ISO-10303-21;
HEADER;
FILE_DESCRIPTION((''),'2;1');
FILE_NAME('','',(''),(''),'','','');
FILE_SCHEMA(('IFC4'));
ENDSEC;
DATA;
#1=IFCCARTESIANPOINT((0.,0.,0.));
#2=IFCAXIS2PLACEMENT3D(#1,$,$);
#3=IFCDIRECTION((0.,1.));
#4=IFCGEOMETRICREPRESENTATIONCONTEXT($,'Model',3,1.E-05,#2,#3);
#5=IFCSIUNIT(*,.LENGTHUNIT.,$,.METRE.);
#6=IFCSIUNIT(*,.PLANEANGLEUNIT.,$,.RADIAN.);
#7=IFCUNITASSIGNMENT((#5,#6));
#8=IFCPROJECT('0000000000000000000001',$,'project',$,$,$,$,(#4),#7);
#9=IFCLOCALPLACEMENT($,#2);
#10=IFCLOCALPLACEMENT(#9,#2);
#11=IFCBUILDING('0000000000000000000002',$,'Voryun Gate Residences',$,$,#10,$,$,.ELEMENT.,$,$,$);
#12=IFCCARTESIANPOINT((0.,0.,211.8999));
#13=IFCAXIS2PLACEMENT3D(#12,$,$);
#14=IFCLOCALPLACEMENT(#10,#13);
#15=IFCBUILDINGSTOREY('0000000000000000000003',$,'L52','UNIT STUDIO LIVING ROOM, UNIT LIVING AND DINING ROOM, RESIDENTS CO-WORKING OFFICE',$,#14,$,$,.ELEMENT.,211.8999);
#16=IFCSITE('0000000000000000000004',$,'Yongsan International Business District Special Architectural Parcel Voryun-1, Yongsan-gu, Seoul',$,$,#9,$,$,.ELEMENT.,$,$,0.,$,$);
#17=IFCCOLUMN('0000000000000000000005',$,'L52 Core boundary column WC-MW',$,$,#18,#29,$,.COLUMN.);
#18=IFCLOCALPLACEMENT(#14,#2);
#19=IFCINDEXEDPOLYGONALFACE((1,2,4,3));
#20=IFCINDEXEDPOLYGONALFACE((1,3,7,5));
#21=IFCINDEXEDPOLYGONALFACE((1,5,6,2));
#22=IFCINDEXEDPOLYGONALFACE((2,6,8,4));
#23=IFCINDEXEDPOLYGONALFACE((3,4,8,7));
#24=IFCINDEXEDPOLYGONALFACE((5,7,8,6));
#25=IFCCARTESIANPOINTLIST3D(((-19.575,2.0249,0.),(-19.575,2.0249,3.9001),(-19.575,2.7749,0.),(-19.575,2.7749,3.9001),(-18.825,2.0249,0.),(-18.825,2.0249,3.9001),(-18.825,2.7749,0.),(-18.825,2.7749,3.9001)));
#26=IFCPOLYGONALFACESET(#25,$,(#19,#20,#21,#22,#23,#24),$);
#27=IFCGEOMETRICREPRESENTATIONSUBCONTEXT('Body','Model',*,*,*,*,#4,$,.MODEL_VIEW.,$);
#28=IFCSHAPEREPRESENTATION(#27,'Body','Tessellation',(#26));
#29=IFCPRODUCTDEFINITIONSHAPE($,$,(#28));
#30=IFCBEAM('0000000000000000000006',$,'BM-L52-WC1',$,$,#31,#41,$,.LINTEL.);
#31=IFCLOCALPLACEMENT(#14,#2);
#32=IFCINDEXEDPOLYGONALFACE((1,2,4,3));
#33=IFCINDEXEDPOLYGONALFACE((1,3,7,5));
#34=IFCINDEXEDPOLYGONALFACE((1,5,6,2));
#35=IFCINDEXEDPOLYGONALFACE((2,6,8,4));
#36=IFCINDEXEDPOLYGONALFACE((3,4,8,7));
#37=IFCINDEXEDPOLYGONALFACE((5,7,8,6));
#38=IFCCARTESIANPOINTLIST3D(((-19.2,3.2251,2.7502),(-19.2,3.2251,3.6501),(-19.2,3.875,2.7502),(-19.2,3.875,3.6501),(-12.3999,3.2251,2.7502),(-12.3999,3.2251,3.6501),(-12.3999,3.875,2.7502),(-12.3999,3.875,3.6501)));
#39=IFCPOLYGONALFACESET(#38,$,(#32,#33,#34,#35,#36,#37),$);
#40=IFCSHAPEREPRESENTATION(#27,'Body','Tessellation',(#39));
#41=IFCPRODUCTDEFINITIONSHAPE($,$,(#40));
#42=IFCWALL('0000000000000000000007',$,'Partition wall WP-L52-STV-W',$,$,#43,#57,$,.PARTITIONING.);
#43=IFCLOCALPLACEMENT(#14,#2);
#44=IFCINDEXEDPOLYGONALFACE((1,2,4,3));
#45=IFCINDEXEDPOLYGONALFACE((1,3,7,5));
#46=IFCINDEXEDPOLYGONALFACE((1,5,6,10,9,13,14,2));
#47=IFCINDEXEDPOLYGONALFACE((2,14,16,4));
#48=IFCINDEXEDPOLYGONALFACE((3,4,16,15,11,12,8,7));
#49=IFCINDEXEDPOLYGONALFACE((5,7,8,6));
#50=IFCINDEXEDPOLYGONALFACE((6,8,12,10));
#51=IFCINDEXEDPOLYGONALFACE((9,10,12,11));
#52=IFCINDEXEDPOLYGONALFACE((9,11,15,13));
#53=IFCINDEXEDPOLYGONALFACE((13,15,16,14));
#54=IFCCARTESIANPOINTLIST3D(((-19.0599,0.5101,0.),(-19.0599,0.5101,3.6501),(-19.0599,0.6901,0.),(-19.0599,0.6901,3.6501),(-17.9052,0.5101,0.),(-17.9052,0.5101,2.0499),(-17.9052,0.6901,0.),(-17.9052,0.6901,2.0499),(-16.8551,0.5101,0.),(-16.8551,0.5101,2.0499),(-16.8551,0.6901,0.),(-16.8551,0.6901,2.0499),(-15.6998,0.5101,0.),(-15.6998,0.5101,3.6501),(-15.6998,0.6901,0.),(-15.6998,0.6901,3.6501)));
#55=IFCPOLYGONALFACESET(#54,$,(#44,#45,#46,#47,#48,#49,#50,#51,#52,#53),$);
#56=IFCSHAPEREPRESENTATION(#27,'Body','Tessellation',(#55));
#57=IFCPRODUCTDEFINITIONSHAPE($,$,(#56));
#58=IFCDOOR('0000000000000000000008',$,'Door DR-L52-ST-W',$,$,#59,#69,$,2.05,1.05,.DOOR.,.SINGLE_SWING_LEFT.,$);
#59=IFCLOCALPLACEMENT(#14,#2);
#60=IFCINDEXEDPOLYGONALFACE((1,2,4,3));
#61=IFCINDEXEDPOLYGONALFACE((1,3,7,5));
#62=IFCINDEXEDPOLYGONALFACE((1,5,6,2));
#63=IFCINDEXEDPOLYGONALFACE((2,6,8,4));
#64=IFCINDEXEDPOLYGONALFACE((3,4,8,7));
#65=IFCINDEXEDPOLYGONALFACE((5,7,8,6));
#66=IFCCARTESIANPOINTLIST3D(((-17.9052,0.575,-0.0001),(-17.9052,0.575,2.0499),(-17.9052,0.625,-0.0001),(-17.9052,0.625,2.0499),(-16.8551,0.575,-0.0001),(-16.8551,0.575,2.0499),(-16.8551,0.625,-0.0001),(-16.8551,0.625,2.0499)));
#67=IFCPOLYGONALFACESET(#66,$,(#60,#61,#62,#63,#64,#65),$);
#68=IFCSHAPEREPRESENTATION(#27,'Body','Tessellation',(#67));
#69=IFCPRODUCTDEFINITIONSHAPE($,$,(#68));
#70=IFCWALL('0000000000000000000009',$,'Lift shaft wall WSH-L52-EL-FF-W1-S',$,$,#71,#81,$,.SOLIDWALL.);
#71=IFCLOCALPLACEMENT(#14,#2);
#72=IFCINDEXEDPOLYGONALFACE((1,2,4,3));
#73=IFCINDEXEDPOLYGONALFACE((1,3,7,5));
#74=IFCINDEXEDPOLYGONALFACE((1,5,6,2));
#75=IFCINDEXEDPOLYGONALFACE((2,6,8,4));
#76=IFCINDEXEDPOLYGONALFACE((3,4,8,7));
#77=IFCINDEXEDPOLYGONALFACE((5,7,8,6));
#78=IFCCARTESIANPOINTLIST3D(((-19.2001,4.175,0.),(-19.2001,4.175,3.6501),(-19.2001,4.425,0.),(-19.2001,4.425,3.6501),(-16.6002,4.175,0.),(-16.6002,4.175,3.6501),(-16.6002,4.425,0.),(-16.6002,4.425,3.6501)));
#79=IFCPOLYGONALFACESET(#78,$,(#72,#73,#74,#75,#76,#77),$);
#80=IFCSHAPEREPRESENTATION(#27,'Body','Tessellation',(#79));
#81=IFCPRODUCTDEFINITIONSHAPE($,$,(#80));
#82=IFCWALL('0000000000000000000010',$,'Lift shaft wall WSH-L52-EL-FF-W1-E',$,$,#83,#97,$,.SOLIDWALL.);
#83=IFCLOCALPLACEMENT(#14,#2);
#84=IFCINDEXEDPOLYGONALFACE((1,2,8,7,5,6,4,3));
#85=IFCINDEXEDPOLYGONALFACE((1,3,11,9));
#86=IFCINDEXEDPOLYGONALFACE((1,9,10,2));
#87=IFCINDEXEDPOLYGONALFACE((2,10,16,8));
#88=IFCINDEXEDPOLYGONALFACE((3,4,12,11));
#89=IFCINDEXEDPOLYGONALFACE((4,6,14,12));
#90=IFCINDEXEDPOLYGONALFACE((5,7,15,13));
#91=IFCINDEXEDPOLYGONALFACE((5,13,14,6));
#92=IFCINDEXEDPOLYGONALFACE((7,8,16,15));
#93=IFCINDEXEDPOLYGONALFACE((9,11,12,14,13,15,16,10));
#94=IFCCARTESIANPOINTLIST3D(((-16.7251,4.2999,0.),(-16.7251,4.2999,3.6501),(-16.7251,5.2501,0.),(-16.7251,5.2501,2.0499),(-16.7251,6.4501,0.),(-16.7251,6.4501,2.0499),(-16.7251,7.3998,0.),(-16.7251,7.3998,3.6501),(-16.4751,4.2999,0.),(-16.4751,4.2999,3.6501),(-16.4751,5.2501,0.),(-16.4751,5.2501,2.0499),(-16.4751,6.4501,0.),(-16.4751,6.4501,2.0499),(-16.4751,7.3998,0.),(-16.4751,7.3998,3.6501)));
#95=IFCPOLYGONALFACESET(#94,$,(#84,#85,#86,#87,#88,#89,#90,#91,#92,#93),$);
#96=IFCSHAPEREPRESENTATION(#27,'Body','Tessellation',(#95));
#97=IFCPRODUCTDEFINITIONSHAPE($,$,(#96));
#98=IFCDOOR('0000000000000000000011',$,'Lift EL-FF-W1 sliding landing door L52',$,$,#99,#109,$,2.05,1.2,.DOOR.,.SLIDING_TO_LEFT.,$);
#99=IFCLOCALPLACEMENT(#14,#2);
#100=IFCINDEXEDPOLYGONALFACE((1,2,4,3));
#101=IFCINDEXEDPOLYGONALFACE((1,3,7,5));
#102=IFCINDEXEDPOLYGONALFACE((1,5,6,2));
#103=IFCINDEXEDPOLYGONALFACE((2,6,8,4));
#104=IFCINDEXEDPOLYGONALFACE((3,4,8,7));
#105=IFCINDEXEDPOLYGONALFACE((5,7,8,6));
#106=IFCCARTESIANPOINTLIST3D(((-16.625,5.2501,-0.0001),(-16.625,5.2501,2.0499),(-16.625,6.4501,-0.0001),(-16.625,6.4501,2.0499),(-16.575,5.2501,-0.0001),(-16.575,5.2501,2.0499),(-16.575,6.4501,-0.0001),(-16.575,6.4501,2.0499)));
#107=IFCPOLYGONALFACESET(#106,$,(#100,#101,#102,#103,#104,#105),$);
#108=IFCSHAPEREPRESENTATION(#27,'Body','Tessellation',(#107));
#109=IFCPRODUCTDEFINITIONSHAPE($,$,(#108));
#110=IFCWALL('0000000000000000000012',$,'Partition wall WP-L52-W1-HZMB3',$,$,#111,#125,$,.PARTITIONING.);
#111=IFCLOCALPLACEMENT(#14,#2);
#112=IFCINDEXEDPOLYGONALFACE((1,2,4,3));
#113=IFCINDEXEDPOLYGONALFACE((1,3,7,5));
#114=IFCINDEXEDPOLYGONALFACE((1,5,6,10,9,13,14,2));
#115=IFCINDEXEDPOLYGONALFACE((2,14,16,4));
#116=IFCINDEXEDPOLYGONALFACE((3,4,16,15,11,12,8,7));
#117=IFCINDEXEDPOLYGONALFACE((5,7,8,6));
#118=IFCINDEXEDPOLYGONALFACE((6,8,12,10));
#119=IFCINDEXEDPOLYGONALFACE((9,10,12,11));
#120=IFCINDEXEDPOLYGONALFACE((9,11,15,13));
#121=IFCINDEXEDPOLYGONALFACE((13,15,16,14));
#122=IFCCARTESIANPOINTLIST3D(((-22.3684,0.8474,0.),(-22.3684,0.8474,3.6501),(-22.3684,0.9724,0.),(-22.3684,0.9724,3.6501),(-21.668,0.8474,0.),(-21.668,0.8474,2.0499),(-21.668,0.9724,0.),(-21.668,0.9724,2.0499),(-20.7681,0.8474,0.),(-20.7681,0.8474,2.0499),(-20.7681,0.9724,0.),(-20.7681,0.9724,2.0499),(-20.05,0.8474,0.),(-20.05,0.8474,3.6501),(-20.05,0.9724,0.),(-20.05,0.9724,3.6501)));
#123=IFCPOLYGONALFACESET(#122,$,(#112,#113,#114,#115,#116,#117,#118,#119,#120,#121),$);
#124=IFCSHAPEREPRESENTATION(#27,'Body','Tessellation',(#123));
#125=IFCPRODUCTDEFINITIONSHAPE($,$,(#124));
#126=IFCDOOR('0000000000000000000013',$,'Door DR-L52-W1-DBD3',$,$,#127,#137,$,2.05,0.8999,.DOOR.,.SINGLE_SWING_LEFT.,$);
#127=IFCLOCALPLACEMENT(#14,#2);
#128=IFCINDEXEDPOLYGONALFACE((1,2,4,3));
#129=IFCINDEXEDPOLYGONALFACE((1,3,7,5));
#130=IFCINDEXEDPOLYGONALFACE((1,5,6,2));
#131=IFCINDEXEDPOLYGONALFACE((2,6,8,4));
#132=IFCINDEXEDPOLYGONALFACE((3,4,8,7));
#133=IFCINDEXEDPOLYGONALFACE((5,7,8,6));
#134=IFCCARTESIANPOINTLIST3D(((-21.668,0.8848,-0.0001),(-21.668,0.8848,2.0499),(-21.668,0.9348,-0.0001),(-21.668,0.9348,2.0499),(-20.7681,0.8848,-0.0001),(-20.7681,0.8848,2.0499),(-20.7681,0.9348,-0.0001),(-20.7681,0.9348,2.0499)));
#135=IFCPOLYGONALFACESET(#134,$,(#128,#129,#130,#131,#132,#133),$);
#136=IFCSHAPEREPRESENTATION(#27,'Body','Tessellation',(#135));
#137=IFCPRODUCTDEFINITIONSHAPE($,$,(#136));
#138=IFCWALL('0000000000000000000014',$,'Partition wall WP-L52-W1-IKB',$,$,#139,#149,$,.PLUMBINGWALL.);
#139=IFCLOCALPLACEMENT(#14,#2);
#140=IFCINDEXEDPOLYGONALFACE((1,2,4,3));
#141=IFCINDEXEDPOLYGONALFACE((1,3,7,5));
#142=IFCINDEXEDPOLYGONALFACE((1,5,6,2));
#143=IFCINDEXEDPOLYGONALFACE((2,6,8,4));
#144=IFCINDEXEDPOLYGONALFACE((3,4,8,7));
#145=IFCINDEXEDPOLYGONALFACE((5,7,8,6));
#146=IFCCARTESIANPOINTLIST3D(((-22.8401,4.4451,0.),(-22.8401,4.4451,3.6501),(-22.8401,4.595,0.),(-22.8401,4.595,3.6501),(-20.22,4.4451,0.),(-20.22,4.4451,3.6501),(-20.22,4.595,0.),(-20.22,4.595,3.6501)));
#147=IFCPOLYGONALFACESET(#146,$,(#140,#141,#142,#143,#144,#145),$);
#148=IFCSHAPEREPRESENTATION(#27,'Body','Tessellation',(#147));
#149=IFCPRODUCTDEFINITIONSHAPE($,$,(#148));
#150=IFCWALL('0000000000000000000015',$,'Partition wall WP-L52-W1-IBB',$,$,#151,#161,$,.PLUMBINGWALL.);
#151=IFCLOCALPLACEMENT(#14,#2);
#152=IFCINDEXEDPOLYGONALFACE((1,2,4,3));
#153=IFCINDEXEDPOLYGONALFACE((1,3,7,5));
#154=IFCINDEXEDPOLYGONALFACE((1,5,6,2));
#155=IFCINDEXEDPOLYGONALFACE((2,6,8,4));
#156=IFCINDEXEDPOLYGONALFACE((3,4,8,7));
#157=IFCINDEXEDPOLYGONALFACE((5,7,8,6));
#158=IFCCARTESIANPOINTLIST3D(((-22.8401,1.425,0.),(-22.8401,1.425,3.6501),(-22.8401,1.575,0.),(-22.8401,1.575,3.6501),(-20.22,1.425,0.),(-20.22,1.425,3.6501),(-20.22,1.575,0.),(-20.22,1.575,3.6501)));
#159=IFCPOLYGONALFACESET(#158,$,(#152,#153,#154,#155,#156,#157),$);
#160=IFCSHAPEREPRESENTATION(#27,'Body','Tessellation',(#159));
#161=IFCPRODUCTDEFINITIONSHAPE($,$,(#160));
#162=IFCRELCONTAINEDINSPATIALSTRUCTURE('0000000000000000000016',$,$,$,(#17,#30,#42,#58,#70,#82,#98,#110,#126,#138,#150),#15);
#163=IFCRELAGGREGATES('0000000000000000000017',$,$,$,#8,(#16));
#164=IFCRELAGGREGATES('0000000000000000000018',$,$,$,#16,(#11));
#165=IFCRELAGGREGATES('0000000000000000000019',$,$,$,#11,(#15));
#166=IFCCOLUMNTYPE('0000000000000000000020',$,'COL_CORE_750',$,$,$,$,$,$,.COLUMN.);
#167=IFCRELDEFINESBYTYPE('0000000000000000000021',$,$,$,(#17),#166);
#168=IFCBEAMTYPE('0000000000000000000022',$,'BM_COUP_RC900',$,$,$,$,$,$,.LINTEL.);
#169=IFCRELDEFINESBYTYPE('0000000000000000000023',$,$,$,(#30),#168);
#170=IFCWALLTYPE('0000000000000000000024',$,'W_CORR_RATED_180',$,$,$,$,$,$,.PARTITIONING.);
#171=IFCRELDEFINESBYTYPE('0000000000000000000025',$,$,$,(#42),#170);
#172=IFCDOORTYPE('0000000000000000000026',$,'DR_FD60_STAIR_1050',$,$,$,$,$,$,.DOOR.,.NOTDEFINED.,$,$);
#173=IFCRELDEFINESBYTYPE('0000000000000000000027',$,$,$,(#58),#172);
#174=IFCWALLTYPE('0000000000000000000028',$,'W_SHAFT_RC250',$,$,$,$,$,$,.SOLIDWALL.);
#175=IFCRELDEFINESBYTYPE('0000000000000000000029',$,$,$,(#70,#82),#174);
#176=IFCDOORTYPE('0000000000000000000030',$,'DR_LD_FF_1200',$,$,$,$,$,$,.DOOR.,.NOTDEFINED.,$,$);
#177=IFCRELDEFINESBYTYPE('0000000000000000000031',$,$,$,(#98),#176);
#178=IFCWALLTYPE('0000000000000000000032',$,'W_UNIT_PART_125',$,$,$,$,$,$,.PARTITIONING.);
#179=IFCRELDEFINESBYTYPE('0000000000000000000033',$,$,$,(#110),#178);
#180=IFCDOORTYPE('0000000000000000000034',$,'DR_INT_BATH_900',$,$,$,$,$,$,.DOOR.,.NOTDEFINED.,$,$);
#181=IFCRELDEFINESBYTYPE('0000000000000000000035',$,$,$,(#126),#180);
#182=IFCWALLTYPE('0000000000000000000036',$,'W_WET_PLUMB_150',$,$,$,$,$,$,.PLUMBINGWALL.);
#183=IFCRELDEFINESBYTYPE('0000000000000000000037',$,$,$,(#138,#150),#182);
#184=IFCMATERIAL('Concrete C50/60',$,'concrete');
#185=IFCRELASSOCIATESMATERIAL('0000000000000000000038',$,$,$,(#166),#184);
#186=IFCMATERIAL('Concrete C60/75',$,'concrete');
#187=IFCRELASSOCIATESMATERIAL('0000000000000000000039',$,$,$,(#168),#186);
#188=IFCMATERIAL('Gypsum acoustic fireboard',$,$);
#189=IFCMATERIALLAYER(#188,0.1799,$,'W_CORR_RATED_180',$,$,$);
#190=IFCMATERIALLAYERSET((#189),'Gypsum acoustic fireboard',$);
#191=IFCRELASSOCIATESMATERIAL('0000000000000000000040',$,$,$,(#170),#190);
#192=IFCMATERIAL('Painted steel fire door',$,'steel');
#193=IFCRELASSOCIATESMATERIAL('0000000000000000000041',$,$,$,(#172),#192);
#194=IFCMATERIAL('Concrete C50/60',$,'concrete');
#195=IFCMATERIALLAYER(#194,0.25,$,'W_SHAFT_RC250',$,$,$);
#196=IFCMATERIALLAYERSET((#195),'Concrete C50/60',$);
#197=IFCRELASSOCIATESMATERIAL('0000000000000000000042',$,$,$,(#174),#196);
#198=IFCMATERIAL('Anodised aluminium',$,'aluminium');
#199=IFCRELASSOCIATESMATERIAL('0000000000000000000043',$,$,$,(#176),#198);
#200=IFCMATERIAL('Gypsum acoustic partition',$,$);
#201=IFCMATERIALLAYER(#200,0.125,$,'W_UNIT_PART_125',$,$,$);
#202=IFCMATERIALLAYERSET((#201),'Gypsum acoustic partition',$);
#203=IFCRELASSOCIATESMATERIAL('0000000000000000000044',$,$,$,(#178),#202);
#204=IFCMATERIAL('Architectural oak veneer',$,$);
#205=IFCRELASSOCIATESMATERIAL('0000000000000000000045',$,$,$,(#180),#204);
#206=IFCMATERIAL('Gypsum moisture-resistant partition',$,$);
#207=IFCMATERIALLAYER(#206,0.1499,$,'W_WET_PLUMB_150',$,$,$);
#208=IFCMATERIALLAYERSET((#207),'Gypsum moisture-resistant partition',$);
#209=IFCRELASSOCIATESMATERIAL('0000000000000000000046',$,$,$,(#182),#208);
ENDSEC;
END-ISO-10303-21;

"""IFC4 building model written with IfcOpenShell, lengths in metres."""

from ifc_helpers import new_model, si_unit, direction, frame, frame_2d, origin, origin_2d, place, context, subcontext, project, spatial, rectangle, extrude, material, layer, layer_set, material_profile, profile_set, type_object, element, fill, save


model = new_model("IFC4")

# Units and contexts
model_context = context("Model", 3, precision=1e-05, world=origin(), true_north=direction((0.0, 1.0)))
body_context = subcontext(model_context, "Body", "Model", "MODEL_VIEW")
ifc_project = project(units=[si_unit("LENGTHUNIT", "METRE"), si_unit("PLANEANGLEUNIT", "RADIAN")], contexts=[model_context])

# Site, building, storey
site_placement = place(None, origin())
site = spatial("IfcSite", under=ifc_project, at=site_placement, Name="Yongsan International Business District Special Architectural Parcel Voryun-1, Yongsan-gu, Seoul", CompositionType="ELEMENT", RefElevation=0.0)
building_placement = place(site_placement, origin())
building = spatial("IfcBuilding", under=site, at=building_placement, Name="Voryun Gate Residences", CompositionType="ELEMENT")
storey_placement = place(building_placement, frame((0.0, 0.0, 211.8999)))
storey = spatial("IfcBuildingStorey", under=building, at=storey_placement, Name="L52", Description="UNIT STUDIO LIVING ROOM, UNIT LIVING AND DINING ROOM, RESIDENTS CO-WORKING OFFICE", CompositionType="ELEMENT", Elevation=211.8999)

# Column
ifc_material_1 = material(Name="Concrete C50/60", Category="concrete")
ifc_material_profile_1 = material_profile(ifc_material_1, rectangle(XDim=0.75, YDim=0.75, at=origin_2d()), Name="RC-750x750")
ifc_profile_set_1 = profile_set([ifc_material_profile_1], Name="Concrete C50/60")
column_type = type_object("IfcColumnType", Name="COL_CORE_750", PredefinedType="COLUMN", material=ifc_profile_set_1)
column_placement = place(storey_placement, frame((-19.2, 2.3999, 0.0), z_axis=(0.0, 0.0, 1.0), x_axis=(1.0, 0.0, 0.0)))
element("IfcColumn", 1, at=column_placement, inside=storey, type_object=column_type, Name="L52 Core boundary column WC-MW", PredefinedType="COLUMN", context=body_context, shape_type="SweptSolid", body=[
    extrude(rectangle(XDim=0.75, YDim=0.75, at=origin_2d()), origin(), (0.0, 0.0, 1.0), 3.9001),
])

# Beam
ifc_material_2 = material(Name="Concrete C60/75", Category="concrete")
ifc_material_profile_2 = material_profile(ifc_material_2, rectangle(XDim=0.6499, YDim=0.8999, at=origin_2d()), Name="RC-650x900")
ifc_profile_set_2 = profile_set([ifc_material_profile_2], Name="Concrete C60/75")
beam_type = type_object("IfcBeamType", Name="BM_COUP_RC900", PredefinedType="LINTEL", material=ifc_profile_set_2)
beam_placement = place(storey_placement, frame((-19.2, 3.55, 3.2002), z_axis=(1.0, 0.0, 0.0), x_axis=(0.0, 1.0, 0.0)))
element("IfcBeam", 2, at=beam_placement, inside=storey, type_object=beam_type, Name="BM-L52-WC1", PredefinedType="LINTEL", context=body_context, shape_type="SweptSolid", body=[
    extrude(rectangle(XDim=0.6499, YDim=0.8999, at=origin_2d()), origin(), (0.0, 0.0, 1.0), 6.8),
])

# Wall, opening, door
ifc_material_3 = material(Name="Gypsum acoustic fireboard")
ifc_layer_1 = layer(ifc_material_3, 0.1799, Name="W_CORR_RATED_180")
ifc_layer_set_1 = layer_set([ifc_layer_1], Name="Gypsum acoustic fireboard")
wall_type_1 = type_object("IfcWallType", Name="W_CORR_RATED_180", PredefinedType="PARTITIONING", material=ifc_layer_set_1)
wall_1_placement = place(storey_placement, frame((-19.0601, 0.6001, 0.0), z_axis=(0.0, 0.0, 1.0), x_axis=(1.0, 0.0, 0.0)))
wall_1 = element("IfcWall", 3, at=wall_1_placement, inside=storey, type_object=wall_type_1, Name="Partition wall WP-L52-STV-W", PredefinedType="PARTITIONING", context=body_context, shape_type="SweptSolid", body=[
    extrude(rectangle(XDim=3.3601, YDim=0.1799, at=frame_2d((1.6802, 0.0))), origin(), (0.0, 0.0, 1.0), 3.6501),
])
opening_1_placement = place(wall_1_placement, frame((1.155, 0.0, 0.0)))
opening_1 = element("IfcOpeningElement", 4, at=opening_1_placement, cuts=wall_1, PredefinedType="OPENING", context=body_context, shape_type="SweptSolid", body=[
    extrude(rectangle(XDim=1.05, YDim=2.05, at=frame_2d((0.5249, 1.0249))), frame((0.0, 0.0999, 0.0), z_axis=(0.0, -1.0, 0.0), x_axis=(1.0, 0.0, 0.0)), (0.0, 0.0, 1.0), 0.2),
])
ifc_material_4 = material(Name="Painted steel fire door", Category="steel")
door_type_1 = type_object("IfcDoorType", Name="DR_FD60_STAIR_1050", OperationType="NOTDEFINED", PredefinedType="DOOR", material=ifc_material_4)
door_1_placement = place(opening_1_placement, origin())
door_1 = element("IfcDoor", 5, at=door_1_placement, inside=storey, type_object=door_type_1, Name="Door DR-L52-ST-W", OperationType="SINGLE_SWING_LEFT", OverallHeight=2.05, OverallWidth=1.05, PredefinedType="DOOR", context=body_context, shape_type="SweptSolid", body=[
    extrude(rectangle(XDim=1.05, YDim=2.05, at=frame_2d((0.5249, 1.0249))), frame((0.0, 0.0249, 0.0), z_axis=(0.0, -1.0, 0.0), x_axis=(1.0, 0.0, 0.0)), (0.0, 0.0, 1.0), 0.05),
])
fill(opening_1, door_1)

# Wall
ifc_material_5 = material(Name="Concrete C50/60", Category="concrete")
ifc_layer_2 = layer(ifc_material_5, 0.25, Name="W_SHAFT_RC250")
ifc_layer_set_2 = layer_set([ifc_layer_2], Name="Concrete C50/60")
wall_type_2 = type_object("IfcWallType", Name="W_SHAFT_RC250", PredefinedType="SOLIDWALL", material=ifc_layer_set_2)
wall_2_placement = place(storey_placement, frame((-19.2, 4.3, 0.0), z_axis=(0.0, 0.0, 1.0), x_axis=(1.0, 0.0, 0.0)))
element("IfcWall", 6, at=wall_2_placement, inside=storey, type_object=wall_type_2, Name="Lift shaft wall WSH-L52-EL-FF-W1-S", PredefinedType="SOLIDWALL", context=body_context, shape_type="SweptSolid", body=[
    extrude(rectangle(XDim=2.5999, YDim=0.25, at=frame_2d((1.2998, 0.0))), origin(), (0.0, 0.0, 1.0), 3.6501),
])

# Walls, openings, doors
wall_3_placement = place(storey_placement, frame((-16.6001, 4.3, 0.0), z_axis=(0.0, 0.0, 1.0), x_axis=(0.0, 1.0, 0.0)))
wall_3 = element("IfcWall", 7, at=wall_3_placement, inside=storey, type_object=wall_type_2, Name="Lift shaft wall WSH-L52-EL-FF-W1-E", PredefinedType="SOLIDWALL", context=body_context, shape_type="SweptSolid", body=[
    extrude(rectangle(XDim=3.0999, YDim=0.25, at=frame_2d((1.5498, 0.0))), origin(), (0.0, 0.0, 1.0), 3.6501),
])
opening_2_placement = place(wall_3_placement, frame((0.95, 0.0, 0.0)))
opening_2 = element("IfcOpeningElement", 8, at=opening_2_placement, cuts=wall_3, PredefinedType="OPENING", context=body_context, shape_type="SweptSolid", body=[
    extrude(rectangle(XDim=1.2, YDim=2.05, at=frame_2d((0.6001, 1.0249))), frame((0.0, 0.135, 0.0), z_axis=(0.0, -1.0, 0.0), x_axis=(1.0, 0.0, 0.0)), (0.0, 0.0, 1.0), 0.27),
])
ifc_material_6 = material(Name="Anodised aluminium", Category="aluminium")
door_type_2 = type_object("IfcDoorType", Name="DR_LD_FF_1200", OperationType="NOTDEFINED", PredefinedType="DOOR", material=ifc_material_6)
door_2_placement = place(opening_2_placement, origin())
door_2 = element("IfcDoor", 9, at=door_2_placement, inside=storey, type_object=door_type_2, Name="Lift EL-FF-W1 sliding landing door L52", OperationType="SLIDING_TO_LEFT", OverallHeight=2.05, OverallWidth=1.2, PredefinedType="DOOR", context=body_context, shape_type="SweptSolid", body=[
    extrude(rectangle(XDim=1.2, YDim=2.05, at=frame_2d((0.6001, 1.0249))), frame((0.0, 0.0249, 0.0), z_axis=(0.0, -1.0, 0.0), x_axis=(1.0, 0.0, 0.0)), (0.0, 0.0, 1.0), 0.05),
])
fill(opening_2, door_2)
ifc_material_7 = material(Name="Gypsum acoustic partition")
ifc_layer_3 = layer(ifc_material_7, 0.125, Name="W_UNIT_PART_125")
ifc_layer_set_3 = layer_set([ifc_layer_3], Name="Gypsum acoustic partition")
wall_type_3 = type_object("IfcWallType", Name="W_UNIT_PART_125", PredefinedType="PARTITIONING", material=ifc_layer_set_3)
wall_4_placement = place(storey_placement, frame((-22.3684, 0.9099, 0.0), z_axis=(0.0, 0.0, 1.0), x_axis=(1.0, 0.0, 0.0)))
wall_4 = element("IfcWall", 10, at=wall_4_placement, inside=storey, type_object=wall_type_3, Name="Partition wall WP-L52-W1-HZMB3", PredefinedType="PARTITIONING", context=body_context, shape_type="SweptSolid", body=[
    extrude(rectangle(XDim=2.3184, YDim=0.125, at=frame_2d((1.1592, 0.0))), origin(), (0.0, 0.0, 1.0), 3.6501),
])
opening_3_placement = place(wall_4_placement, frame((0.7004, 0.0, 0.0)))
opening_3 = element("IfcOpeningElement", 11, at=opening_3_placement, cuts=wall_4, PredefinedType="OPENING", context=body_context, shape_type="SweptSolid", body=[
    extrude(rectangle(XDim=0.8999, YDim=2.05, at=frame_2d((0.45, 1.0249))), frame((0.0, 0.0725, 0.0), z_axis=(0.0, -1.0, 0.0), x_axis=(1.0, 0.0, 0.0)), (0.0, 0.0, 1.0), 0.145),
])
ifc_material_8 = material(Name="Architectural oak veneer")
door_type_3 = type_object("IfcDoorType", Name="DR_INT_BATH_900", OperationType="NOTDEFINED", PredefinedType="DOOR", material=ifc_material_8)
door_3_placement = place(opening_3_placement, origin())
door_3 = element("IfcDoor", 12, at=door_3_placement, inside=storey, type_object=door_type_3, Name="Door DR-L52-W1-DBD3", OperationType="SINGLE_SWING_LEFT", OverallHeight=2.05, OverallWidth=0.8999, PredefinedType="DOOR", context=body_context, shape_type="SweptSolid", body=[
    extrude(rectangle(XDim=0.8999, YDim=2.05, at=frame_2d((0.45, 1.0249))), frame((0.0, 0.0249, 0.0), z_axis=(0.0, -1.0, 0.0), x_axis=(1.0, 0.0, 0.0)), (0.0, 0.0, 1.0), 0.05),
])
fill(opening_3, door_3)

# Walls
ifc_material_9 = material(Name="Gypsum moisture-resistant partition")
ifc_layer_4 = layer(ifc_material_9, 0.1499, Name="W_WET_PLUMB_150")
ifc_layer_set_4 = layer_set([ifc_layer_4], Name="Gypsum moisture-resistant partition")
wall_type_4 = type_object("IfcWallType", Name="W_WET_PLUMB_150", PredefinedType="PLUMBINGWALL", material=ifc_layer_set_4)
for number, where, z_axis, x_axis, name in (
    (13, (-22.8401, 4.52, 0.0), (0.0, 0.0, 1.0), (1.0, 0.0, 0.0), "Partition wall WP-L52-W1-IKB"),
    (14, (-22.8401, 1.5, 0.0), (0.0, 0.0, 1.0), (1.0, 0.0, 0.0), "Partition wall WP-L52-W1-IBB"),
):
    element("IfcWall", number, at=place(storey_placement, frame(where, z_axis=z_axis, x_axis=x_axis)), inside=storey, type_object=wall_type_4, Name=name, PredefinedType="PLUMBINGWALL", context=body_context, shape_type="SweptSolid", body=[
        extrude(rectangle(XDim=2.6201, YDim=0.1499, at=frame_2d((1.3101, 0.0))), origin(), (0.0, 0.0, 1.0), 3.6501),
    ])

save(model, "model.ifc")
